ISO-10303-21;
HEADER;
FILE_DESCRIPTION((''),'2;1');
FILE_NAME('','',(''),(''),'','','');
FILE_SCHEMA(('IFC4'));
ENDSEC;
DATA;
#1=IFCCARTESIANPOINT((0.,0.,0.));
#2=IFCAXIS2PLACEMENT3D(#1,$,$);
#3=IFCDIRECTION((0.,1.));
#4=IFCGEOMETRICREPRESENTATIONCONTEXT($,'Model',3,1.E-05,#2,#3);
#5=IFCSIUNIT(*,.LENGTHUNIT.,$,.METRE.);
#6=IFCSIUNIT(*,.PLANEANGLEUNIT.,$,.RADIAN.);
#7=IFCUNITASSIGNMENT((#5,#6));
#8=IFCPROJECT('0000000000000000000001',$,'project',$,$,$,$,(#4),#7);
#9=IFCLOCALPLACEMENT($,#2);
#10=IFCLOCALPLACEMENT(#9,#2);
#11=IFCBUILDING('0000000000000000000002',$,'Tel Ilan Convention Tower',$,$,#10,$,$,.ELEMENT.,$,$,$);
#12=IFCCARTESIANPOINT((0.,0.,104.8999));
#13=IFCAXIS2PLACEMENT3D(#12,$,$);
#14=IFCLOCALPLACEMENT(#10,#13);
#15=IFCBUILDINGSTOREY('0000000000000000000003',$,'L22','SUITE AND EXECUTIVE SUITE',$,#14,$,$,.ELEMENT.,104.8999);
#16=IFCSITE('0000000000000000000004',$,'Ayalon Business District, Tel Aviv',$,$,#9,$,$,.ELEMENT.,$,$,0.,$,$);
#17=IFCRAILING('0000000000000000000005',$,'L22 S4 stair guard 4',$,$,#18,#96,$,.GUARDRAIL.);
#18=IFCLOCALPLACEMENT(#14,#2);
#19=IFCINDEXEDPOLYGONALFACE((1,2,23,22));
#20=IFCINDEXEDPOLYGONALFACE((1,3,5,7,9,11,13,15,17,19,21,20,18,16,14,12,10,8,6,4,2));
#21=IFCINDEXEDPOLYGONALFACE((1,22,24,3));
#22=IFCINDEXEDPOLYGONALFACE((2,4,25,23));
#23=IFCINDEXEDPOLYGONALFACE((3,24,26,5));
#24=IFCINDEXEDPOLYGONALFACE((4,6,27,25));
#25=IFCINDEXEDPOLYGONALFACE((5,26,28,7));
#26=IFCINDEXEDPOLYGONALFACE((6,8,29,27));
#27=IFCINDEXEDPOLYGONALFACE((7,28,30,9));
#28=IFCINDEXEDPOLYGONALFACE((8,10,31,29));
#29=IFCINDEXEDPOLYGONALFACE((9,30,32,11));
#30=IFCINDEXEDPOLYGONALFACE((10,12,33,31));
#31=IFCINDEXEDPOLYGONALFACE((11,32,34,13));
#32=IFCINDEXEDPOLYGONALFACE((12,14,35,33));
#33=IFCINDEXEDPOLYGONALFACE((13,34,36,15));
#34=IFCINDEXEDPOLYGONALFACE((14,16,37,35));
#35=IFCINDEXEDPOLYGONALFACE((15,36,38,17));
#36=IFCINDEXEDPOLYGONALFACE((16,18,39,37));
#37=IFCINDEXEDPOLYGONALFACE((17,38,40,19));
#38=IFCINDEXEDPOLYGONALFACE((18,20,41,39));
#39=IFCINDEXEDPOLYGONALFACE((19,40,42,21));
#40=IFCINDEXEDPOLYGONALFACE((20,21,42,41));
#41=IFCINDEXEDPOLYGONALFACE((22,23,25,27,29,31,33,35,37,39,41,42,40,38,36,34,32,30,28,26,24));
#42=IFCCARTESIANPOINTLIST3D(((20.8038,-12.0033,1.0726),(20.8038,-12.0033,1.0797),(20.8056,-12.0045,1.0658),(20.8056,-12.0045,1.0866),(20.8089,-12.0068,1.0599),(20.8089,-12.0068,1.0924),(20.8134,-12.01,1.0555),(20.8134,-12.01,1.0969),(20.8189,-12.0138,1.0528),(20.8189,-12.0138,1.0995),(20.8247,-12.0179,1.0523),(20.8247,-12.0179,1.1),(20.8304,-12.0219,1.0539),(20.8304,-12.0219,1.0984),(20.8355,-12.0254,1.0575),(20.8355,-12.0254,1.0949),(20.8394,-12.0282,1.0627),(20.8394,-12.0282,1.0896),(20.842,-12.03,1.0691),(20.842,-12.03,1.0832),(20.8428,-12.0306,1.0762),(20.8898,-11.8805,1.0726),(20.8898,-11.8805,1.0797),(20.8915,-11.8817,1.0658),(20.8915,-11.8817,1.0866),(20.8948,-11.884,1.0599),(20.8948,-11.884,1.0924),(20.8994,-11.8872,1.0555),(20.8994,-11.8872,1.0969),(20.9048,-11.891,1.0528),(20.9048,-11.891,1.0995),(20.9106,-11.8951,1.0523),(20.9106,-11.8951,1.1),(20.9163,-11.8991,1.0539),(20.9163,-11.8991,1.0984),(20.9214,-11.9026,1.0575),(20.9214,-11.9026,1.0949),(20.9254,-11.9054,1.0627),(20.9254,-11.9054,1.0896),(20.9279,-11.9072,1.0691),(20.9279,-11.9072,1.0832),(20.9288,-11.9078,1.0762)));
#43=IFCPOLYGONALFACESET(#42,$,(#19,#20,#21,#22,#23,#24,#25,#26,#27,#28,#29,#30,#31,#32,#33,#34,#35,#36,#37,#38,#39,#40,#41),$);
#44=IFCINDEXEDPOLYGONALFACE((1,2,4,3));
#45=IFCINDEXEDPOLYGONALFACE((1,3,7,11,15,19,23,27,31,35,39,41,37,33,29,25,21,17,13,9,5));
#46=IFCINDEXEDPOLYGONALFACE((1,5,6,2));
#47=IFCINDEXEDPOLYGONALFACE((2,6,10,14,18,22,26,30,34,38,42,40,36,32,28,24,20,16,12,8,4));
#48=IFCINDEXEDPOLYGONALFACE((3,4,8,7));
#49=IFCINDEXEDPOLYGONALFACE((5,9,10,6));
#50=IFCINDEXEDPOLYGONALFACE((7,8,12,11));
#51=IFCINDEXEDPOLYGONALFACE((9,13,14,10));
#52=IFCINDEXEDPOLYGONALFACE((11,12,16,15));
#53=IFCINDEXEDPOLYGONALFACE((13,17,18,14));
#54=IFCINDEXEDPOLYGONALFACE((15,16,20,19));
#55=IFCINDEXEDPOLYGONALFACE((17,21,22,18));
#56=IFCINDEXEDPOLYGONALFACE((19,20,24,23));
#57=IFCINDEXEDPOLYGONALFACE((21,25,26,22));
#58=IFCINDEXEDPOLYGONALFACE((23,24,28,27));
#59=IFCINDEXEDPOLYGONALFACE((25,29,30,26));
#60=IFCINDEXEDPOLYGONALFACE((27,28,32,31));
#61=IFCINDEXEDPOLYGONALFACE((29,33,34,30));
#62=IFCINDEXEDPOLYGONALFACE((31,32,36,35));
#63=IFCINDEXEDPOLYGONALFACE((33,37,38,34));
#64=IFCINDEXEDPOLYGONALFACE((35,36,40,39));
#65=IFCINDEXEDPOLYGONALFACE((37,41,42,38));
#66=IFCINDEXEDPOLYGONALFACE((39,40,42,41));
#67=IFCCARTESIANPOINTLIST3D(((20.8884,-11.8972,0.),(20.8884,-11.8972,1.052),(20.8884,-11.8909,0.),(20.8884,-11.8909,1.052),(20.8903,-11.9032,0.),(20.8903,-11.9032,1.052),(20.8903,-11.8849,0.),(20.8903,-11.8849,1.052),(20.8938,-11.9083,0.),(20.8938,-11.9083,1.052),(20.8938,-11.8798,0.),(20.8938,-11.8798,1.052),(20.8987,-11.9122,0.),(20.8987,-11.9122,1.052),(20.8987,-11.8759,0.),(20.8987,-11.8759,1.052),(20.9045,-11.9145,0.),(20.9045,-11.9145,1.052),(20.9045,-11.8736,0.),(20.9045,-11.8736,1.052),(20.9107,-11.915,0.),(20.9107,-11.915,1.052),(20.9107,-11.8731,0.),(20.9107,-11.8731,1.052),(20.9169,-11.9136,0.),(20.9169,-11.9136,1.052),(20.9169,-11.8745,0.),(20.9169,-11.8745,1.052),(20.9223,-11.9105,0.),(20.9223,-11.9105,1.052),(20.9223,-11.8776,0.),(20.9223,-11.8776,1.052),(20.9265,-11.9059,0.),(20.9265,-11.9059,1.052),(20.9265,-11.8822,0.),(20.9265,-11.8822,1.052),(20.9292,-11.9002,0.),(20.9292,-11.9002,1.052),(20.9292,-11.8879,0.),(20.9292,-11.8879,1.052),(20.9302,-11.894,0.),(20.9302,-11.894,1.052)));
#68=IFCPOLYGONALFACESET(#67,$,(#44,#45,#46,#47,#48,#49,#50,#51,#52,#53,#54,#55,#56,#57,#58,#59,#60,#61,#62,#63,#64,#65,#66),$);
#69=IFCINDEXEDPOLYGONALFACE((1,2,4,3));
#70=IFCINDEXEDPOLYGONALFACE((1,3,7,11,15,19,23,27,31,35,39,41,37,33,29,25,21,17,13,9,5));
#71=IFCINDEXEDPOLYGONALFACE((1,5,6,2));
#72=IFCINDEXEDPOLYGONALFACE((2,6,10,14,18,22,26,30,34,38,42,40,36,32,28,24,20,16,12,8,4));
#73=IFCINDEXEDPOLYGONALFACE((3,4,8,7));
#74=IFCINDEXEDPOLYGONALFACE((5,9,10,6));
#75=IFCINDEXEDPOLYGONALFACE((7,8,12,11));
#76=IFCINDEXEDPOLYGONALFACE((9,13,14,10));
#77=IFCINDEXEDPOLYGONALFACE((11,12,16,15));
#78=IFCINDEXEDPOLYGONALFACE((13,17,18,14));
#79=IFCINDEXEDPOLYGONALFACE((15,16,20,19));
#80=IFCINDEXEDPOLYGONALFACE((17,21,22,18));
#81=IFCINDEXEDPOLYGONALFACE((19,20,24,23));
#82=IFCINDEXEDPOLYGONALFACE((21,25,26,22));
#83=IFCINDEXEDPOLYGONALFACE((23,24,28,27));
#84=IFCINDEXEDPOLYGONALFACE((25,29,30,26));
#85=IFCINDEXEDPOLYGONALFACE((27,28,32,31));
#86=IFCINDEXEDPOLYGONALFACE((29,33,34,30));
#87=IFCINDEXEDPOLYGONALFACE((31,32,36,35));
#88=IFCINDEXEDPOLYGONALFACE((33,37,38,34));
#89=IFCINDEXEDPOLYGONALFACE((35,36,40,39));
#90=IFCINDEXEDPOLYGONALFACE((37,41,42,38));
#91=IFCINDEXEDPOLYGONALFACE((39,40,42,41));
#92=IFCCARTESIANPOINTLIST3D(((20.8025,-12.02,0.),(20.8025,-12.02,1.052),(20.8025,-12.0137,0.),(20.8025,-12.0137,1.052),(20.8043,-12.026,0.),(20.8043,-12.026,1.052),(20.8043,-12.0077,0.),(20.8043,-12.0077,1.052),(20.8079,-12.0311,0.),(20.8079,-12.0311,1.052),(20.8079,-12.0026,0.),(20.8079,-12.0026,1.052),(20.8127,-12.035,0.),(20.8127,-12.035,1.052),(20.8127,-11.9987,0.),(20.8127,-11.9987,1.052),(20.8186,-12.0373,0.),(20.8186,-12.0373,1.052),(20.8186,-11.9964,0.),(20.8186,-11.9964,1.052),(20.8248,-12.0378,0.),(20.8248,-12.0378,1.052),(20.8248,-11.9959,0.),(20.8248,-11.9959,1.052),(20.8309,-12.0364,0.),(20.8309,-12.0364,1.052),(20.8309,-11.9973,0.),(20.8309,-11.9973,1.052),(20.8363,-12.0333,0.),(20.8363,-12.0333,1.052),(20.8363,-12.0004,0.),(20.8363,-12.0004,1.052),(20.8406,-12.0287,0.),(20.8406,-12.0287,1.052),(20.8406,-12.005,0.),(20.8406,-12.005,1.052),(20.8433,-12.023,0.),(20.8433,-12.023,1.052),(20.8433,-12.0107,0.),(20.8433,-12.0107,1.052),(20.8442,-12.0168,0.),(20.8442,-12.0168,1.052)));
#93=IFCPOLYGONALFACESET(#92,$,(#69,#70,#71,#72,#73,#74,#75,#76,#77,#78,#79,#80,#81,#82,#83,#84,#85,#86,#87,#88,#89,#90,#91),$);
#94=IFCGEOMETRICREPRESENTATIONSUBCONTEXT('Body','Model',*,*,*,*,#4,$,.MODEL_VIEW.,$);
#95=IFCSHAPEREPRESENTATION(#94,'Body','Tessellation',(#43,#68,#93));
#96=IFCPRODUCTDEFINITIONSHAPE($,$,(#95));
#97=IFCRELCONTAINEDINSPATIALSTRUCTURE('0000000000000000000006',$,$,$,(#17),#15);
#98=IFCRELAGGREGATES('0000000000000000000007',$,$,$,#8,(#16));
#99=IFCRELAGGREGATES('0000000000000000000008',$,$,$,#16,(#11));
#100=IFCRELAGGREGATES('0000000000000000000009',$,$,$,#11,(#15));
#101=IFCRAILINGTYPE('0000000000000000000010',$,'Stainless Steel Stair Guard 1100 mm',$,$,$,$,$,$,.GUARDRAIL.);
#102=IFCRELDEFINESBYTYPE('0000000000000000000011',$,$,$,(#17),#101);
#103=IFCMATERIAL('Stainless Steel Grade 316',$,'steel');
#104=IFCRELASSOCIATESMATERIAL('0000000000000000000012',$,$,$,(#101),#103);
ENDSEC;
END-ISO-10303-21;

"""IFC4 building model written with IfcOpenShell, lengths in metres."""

from ifc_helpers import new_model, si_unit, direction, frame, origin, origin_2d, place, context, subcontext, project, spatial, circle, extrude, material, type_object, element, save


model = new_model("IFC4")

# Units and contexts
model_context = context("Model", 3, precision=1e-05, world=origin(), true_north=direction((0.0, 1.0)))
body_context = subcontext(model_context, "Body", "Model", "MODEL_VIEW")
ifc_project = project(units=[si_unit("LENGTHUNIT", "METRE"), si_unit("PLANEANGLEUNIT", "RADIAN")], contexts=[model_context])

# Site, building, storey
site_placement = place(None, origin())
site = spatial("IfcSite", under=ifc_project, at=site_placement, Name="Ayalon Business District, Tel Aviv", CompositionType="ELEMENT", RefElevation=0.0)
building_placement = place(site_placement, origin())
building = spatial("IfcBuilding", under=site, at=building_placement, Name="Tel Ilan Convention Tower", CompositionType="ELEMENT")
storey_placement = place(building_placement, frame((0.0, 0.0, 104.8999)))
storey = spatial("IfcBuildingStorey", under=building, at=storey_placement, Name="L22", Description="SUITE AND EXECUTIVE SUITE", CompositionType="ELEMENT", Elevation=104.8999)

# Railing
ifc_material_1 = material(Name="Stainless Steel Grade 316", Category="steel")
railing_type_1 = type_object("IfcRailingType", Name="Stainless Steel Stair Guard 1100 mm", PredefinedType="GUARDRAIL", material=ifc_material_1)
railing_1_placement = place(storey_placement, frame((20.9092, -11.894, 0.0)))
element("IfcRailing", 1, at=railing_1_placement, inside=storey, type_object=railing_type_1, Name="L22 S4 stair guard 4", PredefinedType="GUARDRAIL", context=body_context, shape_type="SweptSolid", body=[
    extrude(circle(Radius=0.0239, at=origin_2d()), frame((0.0, 0.0, 1.0762), z_axis=(-0.573353, -0.819308, 0.0), x_axis=(0.819308, -0.573353, 0.0)), (0.0, 0.0, 1.0), 0.1499),
    extrude(circle(Radius=0.021, at=origin_2d()), origin(), (0.0, 0.0, 1.0), 1.052),
    extrude(circle(Radius=0.021, at=origin_2d()), frame((-0.0859, -0.1228, 0.0)), (0.0, 0.0, 1.0), 1.052),
])

save(model, "model.ifc")
